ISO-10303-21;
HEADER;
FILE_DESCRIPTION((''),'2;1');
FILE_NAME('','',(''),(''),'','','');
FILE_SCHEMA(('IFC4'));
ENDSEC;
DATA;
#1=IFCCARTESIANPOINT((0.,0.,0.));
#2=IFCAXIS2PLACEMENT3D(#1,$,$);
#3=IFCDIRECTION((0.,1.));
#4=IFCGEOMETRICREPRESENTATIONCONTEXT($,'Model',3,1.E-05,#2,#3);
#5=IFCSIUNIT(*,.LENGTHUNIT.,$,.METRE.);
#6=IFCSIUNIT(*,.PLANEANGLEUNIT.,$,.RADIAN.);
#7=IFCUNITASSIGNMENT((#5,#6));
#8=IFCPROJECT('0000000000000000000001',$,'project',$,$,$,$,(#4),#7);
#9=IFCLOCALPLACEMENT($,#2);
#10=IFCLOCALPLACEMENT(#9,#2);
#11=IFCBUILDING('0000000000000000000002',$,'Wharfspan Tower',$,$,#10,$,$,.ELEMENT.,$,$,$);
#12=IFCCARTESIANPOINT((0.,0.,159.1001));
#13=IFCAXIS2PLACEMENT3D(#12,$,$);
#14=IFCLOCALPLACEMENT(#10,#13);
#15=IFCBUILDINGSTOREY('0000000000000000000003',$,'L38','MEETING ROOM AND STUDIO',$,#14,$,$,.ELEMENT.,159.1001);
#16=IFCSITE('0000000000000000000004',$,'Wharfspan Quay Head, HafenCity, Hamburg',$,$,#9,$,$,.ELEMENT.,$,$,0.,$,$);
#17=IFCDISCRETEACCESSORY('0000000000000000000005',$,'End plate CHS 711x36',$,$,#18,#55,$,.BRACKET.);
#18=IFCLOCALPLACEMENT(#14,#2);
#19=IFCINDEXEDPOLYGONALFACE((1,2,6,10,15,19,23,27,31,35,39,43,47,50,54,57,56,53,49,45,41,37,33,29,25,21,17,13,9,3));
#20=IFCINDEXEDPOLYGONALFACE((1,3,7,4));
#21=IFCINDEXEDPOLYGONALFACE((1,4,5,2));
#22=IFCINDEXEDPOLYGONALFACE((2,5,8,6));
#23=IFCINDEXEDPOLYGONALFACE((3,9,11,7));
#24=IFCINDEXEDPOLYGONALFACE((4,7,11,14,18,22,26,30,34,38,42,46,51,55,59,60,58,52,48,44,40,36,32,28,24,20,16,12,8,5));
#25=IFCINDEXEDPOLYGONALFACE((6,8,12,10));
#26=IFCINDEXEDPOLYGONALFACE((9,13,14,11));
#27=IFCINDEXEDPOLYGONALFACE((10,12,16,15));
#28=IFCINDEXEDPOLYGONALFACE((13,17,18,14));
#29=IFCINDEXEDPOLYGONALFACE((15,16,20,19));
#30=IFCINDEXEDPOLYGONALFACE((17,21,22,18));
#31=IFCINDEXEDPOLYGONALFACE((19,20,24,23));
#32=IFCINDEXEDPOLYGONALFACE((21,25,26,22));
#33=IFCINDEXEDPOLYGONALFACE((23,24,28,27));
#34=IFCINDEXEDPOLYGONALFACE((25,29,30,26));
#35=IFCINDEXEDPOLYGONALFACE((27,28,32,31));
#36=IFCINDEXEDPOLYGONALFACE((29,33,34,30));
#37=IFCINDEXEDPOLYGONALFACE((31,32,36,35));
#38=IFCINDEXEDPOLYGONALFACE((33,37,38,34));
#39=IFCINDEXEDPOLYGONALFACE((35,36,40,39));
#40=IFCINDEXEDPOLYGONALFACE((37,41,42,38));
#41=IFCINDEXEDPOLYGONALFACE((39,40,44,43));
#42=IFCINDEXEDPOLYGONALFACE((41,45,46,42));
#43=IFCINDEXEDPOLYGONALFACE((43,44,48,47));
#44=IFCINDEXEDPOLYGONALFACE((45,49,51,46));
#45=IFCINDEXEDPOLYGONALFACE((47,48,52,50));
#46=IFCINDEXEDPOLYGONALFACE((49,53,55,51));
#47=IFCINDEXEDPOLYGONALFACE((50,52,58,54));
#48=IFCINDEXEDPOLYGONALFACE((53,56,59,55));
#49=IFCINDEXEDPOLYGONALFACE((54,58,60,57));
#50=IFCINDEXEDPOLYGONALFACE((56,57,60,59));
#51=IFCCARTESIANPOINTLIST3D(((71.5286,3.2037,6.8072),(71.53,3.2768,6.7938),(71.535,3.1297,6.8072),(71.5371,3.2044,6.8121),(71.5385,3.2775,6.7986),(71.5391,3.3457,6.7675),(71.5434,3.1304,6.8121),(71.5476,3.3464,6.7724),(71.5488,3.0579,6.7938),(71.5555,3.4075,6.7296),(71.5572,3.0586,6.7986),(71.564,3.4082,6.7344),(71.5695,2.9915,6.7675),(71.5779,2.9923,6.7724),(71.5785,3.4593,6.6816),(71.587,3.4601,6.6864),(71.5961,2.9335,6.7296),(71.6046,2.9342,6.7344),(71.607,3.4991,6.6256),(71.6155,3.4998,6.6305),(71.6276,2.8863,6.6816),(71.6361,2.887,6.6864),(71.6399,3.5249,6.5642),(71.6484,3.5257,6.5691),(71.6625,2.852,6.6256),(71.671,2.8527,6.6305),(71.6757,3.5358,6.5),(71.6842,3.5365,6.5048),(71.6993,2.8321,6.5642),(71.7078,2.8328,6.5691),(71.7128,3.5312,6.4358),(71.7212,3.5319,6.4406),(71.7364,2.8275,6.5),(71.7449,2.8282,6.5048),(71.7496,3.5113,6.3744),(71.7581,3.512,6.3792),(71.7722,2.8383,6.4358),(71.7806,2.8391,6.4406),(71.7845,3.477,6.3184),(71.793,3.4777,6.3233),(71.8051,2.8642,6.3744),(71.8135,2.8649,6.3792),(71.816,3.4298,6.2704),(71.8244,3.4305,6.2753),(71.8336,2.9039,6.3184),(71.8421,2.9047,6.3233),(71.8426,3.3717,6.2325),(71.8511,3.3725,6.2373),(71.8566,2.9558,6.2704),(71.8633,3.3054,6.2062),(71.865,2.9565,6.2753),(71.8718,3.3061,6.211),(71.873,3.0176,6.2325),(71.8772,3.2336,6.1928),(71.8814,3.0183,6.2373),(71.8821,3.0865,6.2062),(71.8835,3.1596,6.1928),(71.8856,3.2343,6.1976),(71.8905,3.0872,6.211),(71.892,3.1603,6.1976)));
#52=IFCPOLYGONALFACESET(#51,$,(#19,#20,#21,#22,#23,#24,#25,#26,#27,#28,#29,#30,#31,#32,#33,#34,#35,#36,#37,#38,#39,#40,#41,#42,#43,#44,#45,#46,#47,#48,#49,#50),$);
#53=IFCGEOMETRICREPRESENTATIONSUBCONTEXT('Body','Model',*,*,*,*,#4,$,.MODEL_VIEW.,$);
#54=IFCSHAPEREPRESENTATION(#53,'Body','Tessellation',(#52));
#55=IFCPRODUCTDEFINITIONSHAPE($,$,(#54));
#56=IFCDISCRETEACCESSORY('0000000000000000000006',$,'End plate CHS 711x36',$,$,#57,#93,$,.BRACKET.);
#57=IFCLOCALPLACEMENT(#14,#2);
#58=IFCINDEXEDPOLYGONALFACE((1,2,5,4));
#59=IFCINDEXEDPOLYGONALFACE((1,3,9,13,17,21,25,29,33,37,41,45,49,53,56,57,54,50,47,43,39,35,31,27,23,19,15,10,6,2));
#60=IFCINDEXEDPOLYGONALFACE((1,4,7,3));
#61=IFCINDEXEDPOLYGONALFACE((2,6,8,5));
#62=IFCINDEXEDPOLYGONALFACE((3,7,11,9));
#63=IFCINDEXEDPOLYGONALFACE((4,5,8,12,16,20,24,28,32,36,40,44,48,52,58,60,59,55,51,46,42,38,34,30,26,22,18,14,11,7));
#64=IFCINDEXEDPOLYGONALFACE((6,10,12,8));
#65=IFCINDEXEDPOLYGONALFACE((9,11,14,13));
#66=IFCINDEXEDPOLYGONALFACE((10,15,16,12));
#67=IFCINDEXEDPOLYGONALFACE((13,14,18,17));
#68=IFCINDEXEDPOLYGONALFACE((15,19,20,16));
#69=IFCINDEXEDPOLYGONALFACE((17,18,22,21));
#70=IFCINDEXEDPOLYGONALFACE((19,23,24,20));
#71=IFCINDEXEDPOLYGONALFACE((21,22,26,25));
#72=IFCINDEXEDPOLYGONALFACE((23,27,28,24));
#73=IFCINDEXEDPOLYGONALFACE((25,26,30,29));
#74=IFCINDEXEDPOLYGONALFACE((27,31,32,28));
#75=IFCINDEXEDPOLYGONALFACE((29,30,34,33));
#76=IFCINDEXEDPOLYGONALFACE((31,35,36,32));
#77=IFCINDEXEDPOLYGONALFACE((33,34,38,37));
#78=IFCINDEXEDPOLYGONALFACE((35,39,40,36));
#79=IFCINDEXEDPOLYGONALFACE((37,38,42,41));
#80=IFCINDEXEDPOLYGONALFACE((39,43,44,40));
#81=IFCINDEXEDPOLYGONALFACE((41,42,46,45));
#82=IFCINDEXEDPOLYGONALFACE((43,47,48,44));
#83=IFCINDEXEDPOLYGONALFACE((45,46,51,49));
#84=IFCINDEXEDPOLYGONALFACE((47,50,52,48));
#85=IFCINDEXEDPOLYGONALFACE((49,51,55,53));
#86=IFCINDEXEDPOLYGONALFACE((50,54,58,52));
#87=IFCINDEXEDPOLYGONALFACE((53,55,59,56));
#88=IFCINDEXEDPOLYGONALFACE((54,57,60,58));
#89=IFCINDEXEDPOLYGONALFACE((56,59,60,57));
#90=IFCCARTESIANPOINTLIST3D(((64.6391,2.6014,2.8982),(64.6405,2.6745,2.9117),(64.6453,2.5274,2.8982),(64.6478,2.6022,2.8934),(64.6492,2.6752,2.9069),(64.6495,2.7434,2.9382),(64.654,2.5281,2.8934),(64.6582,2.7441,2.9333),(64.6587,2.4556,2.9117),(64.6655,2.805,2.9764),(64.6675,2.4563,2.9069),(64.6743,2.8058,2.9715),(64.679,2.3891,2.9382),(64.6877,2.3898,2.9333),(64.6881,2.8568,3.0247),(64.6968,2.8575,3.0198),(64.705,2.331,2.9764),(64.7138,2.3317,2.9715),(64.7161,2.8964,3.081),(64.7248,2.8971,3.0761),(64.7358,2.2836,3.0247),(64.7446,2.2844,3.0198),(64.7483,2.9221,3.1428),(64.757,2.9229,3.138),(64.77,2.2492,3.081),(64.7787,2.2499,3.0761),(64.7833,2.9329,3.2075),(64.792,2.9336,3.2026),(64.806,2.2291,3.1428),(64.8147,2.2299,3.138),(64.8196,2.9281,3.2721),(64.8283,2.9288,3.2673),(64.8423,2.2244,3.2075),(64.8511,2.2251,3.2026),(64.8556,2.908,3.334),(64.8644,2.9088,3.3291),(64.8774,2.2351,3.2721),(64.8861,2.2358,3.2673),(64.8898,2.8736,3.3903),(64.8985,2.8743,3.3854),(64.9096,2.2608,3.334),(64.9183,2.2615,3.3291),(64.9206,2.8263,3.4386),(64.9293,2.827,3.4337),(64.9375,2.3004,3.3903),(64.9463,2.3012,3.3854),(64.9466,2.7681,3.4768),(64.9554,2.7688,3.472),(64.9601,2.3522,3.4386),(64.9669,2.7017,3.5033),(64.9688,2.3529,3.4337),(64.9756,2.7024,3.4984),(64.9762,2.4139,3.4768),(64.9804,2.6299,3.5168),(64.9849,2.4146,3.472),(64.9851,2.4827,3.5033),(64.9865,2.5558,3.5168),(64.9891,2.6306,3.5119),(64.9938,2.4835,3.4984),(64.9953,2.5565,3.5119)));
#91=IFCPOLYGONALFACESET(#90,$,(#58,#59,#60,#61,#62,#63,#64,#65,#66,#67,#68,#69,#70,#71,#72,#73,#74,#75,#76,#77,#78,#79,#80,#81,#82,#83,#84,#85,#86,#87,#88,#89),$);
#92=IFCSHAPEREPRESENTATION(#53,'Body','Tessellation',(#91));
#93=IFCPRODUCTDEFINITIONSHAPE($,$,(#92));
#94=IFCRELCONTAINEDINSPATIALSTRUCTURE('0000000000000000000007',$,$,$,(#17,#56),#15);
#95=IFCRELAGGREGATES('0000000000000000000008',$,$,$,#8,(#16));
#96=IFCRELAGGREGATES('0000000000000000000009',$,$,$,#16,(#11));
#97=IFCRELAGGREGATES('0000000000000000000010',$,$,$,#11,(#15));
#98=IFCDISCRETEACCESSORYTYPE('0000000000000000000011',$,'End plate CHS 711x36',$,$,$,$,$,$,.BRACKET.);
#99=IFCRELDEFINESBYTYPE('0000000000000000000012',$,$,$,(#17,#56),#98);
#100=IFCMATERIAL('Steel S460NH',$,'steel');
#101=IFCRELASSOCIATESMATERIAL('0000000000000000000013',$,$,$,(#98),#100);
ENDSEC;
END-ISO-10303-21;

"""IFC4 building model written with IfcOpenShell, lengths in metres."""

from ifc_helpers import new_model, si_unit, direction, frame, origin, origin_2d, place, context, subcontext, project, spatial, circle, extrude, material, material_profile, profile_set, type_object, element, save


model = new_model("IFC4")

# Units and contexts
model_context = context("Model", 3, precision=1e-05, world=origin(), true_north=direction((0.0, 1.0)))
body_context = subcontext(model_context, "Body", "Model", "MODEL_VIEW")
ifc_project = project(units=[si_unit("LENGTHUNIT", "METRE"), si_unit("PLANEANGLEUNIT", "RADIAN")], contexts=[model_context])

# Site, building, storey
site_placement = place(None, origin())
site = spatial("IfcSite", under=ifc_project, at=site_placement, Name="Wharfspan Quay Head, HafenCity, Hamburg", CompositionType="ELEMENT", RefElevation=0.0)
building_placement = place(site_placement, origin())
building = spatial("IfcBuilding", under=site, at=building_placement, Name="Wharfspan Tower", CompositionType="ELEMENT")
storey_placement = place(building_placement, frame((0.0, 0.0, 159.1001)))
storey = spatial("IfcBuildingStorey", under=building, at=storey_placement, Name="L38", Description="MEETING ROOM AND STUDIO", CompositionType="ELEMENT", Elevation=159.1001)

# Shared definitions
ifc_material_1 = material(Name="Steel S460NH", Category="steel")

# Discrete accessories
ifc_material_profile_1 = material_profile(ifc_material_1, circle(Radius=0.3555, at=origin_2d()))
ifc_profile_set_1 = profile_set([ifc_material_profile_1], Name="Steel S460NH")
discrete_accessory_type = type_object("IfcDiscreteAccessoryType", Name="End plate CHS 711x36", PredefinedType="BRACKET", material=ifc_profile_set_1)
discrete_accessory_1_placement = place(storey_placement, frame((71.7061, 3.1816, 6.5), z_axis=(0.865849, 0.074216, 0.494771), x_axis=(-0.085402, 0.996345, 0.000001)))
element("IfcDiscreteAccessory", 1, at=discrete_accessory_1_placement, inside=storey, type_object=discrete_accessory_type, Name="End plate CHS 711x36", PredefinedType="BRACKET", context=body_context, shape_type="SweptSolid", body=[
    extrude(circle(Radius=0.3555, at=origin_2d()), origin(), (0.0, 0.0, 1.0), 0.0098),
])
discrete_accessory_2_placement = place(storey_placement, frame((64.8215, 2.5793, 3.2026), z_axis=(-0.871847, -0.072654, 0.484359), x_axis=(0.083044, -0.996547, -0.000003)))
element("IfcDiscreteAccessory", 2, at=discrete_accessory_2_placement, inside=storey, type_object=discrete_accessory_type, Name="End plate CHS 711x36", PredefinedType="BRACKET", context=body_context, shape_type="SweptSolid", body=[
    extrude(circle(Radius=0.3555, at=origin_2d()), origin(), (0.0, 0.0, 1.0), 0.01),
])

save(model, "model.ifc")
